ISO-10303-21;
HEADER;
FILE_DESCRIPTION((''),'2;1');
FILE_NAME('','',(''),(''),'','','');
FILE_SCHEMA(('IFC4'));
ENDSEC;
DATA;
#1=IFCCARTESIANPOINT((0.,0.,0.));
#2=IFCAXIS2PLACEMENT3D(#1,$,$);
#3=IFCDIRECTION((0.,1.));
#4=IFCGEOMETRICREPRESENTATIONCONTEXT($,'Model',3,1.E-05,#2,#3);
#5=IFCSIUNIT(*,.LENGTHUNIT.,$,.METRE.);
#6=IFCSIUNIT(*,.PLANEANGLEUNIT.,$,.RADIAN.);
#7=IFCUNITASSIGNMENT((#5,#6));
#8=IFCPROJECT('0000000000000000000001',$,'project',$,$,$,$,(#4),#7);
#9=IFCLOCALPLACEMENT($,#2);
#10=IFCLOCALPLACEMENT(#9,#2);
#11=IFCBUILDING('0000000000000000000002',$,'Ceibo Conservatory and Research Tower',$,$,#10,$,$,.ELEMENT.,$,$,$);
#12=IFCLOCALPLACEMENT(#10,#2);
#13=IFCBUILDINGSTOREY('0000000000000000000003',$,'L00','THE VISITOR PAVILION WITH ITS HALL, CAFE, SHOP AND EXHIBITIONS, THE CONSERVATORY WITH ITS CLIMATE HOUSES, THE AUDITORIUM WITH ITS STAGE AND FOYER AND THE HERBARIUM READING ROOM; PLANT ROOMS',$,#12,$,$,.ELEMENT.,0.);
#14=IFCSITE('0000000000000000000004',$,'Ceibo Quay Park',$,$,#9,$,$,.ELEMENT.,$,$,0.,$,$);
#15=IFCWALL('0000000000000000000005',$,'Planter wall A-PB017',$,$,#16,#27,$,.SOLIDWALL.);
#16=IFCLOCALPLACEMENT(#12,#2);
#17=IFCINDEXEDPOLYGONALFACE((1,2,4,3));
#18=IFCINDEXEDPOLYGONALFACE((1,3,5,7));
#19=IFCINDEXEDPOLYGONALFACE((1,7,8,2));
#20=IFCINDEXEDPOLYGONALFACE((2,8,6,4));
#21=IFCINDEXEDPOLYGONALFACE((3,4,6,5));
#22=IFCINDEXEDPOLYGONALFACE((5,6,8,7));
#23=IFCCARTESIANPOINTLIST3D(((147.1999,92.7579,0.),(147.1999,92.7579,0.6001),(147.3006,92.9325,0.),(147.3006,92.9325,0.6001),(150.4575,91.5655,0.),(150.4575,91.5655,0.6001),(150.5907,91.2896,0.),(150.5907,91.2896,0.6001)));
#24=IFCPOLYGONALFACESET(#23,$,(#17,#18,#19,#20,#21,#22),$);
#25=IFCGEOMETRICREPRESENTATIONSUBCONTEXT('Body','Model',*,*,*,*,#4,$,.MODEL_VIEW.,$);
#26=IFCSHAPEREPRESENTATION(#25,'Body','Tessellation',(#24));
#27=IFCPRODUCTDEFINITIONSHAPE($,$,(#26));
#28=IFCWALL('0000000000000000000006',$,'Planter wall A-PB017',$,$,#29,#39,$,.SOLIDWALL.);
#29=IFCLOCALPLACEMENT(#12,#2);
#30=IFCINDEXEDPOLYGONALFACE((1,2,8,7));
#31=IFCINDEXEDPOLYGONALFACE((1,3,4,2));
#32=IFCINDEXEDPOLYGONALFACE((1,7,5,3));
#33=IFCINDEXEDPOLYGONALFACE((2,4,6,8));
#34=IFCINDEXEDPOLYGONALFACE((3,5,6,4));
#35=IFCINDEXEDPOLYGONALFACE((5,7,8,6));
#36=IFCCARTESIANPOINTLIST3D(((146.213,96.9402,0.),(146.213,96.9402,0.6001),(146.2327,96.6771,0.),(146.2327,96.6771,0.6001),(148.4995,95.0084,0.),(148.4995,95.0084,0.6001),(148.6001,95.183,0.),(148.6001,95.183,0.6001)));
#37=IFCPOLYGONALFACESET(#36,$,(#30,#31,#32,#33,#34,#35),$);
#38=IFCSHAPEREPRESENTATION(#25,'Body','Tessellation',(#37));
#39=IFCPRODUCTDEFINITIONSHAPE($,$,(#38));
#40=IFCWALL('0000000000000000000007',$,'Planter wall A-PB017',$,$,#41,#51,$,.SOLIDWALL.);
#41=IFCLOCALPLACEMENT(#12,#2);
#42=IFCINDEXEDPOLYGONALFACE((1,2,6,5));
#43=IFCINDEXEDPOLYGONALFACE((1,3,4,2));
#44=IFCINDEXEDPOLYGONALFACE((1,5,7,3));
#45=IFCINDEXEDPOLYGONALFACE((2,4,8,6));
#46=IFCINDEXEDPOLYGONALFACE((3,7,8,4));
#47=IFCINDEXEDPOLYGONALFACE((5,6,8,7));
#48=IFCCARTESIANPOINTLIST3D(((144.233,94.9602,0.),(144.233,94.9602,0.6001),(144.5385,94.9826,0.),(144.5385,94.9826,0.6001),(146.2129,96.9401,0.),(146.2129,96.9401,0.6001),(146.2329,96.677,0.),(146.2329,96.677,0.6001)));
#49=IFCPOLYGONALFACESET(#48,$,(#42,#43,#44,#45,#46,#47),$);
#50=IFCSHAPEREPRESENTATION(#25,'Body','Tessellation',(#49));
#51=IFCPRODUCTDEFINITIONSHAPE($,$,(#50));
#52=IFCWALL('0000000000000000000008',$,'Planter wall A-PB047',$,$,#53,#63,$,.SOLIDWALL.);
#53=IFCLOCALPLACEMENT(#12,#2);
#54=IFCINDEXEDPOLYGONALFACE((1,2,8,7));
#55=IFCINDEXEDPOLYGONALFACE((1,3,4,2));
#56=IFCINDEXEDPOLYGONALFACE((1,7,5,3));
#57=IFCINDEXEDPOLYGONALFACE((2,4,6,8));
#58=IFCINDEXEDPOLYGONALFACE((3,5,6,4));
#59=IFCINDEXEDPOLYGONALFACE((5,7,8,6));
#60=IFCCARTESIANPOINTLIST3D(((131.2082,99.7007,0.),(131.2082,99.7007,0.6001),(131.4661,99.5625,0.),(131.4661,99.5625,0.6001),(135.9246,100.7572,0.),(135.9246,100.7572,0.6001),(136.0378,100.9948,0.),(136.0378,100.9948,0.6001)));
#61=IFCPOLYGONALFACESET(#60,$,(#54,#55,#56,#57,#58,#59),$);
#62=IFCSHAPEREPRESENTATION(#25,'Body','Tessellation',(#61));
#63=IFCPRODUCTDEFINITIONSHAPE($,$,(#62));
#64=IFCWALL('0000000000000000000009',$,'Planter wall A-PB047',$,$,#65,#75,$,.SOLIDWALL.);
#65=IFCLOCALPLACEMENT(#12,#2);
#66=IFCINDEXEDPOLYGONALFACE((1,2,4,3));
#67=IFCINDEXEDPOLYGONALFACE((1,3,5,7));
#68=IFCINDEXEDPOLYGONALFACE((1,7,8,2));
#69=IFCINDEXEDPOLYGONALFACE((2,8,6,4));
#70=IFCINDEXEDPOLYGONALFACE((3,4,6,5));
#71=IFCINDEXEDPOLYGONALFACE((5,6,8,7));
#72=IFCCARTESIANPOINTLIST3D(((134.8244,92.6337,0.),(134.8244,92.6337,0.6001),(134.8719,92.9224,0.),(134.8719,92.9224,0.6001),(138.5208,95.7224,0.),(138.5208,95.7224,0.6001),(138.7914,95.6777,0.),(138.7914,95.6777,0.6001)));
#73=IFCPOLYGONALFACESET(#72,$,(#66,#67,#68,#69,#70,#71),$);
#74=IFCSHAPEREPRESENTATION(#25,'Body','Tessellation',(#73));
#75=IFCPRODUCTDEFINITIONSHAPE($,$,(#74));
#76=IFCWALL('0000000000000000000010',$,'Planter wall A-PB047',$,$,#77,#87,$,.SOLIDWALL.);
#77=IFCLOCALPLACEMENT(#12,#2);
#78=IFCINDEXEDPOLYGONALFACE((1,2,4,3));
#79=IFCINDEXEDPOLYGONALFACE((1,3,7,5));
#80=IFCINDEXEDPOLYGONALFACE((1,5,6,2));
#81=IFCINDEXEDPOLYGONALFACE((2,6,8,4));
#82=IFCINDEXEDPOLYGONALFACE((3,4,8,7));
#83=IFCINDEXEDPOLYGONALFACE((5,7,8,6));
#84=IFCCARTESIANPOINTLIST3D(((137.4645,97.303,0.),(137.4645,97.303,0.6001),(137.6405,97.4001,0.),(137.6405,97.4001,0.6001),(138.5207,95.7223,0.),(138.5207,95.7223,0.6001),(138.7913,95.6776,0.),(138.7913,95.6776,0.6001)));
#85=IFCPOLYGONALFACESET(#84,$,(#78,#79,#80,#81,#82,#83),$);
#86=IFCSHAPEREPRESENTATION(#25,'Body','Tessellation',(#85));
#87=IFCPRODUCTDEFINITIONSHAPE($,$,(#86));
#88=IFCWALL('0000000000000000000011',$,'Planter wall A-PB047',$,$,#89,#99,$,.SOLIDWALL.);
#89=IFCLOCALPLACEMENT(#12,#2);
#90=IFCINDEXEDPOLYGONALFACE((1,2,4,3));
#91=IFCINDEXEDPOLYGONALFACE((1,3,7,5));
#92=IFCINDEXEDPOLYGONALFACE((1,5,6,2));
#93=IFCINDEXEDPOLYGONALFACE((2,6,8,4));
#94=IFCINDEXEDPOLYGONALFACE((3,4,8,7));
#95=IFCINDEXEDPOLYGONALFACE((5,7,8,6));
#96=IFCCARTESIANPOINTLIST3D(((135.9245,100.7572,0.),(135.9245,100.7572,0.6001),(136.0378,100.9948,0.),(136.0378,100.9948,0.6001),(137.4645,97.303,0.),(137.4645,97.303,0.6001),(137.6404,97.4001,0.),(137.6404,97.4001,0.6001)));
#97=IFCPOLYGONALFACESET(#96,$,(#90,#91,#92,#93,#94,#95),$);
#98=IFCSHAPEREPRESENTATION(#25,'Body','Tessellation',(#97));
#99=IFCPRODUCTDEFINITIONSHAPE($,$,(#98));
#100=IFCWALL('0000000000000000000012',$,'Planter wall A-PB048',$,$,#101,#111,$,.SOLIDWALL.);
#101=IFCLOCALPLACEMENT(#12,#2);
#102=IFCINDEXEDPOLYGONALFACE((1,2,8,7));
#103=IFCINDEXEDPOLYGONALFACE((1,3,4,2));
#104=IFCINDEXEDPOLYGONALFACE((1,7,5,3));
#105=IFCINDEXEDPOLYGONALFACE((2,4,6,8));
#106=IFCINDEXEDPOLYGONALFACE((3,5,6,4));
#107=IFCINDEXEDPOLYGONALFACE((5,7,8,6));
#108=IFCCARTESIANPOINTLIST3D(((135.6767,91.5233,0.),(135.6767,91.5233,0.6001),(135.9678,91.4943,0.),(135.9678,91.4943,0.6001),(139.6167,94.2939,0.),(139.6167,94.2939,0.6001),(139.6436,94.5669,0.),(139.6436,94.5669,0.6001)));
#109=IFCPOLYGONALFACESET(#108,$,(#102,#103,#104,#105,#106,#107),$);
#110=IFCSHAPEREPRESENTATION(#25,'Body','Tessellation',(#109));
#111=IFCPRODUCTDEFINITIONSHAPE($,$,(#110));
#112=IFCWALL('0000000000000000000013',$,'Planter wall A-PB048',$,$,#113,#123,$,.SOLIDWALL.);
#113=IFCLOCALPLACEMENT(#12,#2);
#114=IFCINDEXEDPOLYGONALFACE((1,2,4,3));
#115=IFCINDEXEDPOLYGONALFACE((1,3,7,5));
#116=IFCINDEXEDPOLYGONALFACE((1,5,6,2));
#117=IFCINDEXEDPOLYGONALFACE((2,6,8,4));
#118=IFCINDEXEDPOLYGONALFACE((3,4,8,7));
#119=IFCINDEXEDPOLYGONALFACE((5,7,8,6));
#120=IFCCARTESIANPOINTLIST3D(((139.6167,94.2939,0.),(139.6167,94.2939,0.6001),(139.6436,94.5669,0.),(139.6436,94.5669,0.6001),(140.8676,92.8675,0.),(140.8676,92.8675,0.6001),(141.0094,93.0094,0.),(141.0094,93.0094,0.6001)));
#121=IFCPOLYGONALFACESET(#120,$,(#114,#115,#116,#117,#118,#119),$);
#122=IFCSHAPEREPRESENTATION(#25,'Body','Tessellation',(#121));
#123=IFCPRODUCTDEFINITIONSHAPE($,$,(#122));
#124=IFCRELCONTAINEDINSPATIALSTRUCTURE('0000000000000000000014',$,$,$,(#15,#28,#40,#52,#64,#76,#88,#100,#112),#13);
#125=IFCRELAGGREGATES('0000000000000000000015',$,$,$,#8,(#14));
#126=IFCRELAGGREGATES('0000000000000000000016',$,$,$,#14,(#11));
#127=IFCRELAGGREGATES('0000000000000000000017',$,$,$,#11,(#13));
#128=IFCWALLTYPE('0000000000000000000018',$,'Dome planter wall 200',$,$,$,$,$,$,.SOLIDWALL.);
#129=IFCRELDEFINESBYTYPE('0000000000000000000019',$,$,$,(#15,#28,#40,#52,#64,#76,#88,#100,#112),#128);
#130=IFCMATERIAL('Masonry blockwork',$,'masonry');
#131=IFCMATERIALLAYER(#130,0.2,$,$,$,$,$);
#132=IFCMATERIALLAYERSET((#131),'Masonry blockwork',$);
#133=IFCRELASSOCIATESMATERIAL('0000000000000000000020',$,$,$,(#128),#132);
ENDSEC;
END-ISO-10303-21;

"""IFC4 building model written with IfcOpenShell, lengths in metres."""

from ifc_helpers import new_model, si_unit, direction, frame, origin, place, context, subcontext, project, spatial, polyline, outline, extrude, material, layer, layer_set, type_object, element, save


model = new_model("IFC4")

# Units and contexts
model_context = context("Model", 3, precision=1e-05, world=origin(), true_north=direction((0.0, 1.0)))
body_context = subcontext(model_context, "Body", "Model", "MODEL_VIEW")
ifc_project = project(units=[si_unit("LENGTHUNIT", "METRE"), si_unit("PLANEANGLEUNIT", "RADIAN")], contexts=[model_context])

# Site, building, storey
site_placement = place(None, origin())
site = spatial("IfcSite", under=ifc_project, at=site_placement, Name="Ceibo Quay Park", CompositionType="ELEMENT", RefElevation=0.0)
building_placement = place(site_placement, origin())
building = spatial("IfcBuilding", under=site, at=building_placement, Name="Ceibo Conservatory and Research Tower", CompositionType="ELEMENT")
storey_placement = place(building_placement, origin())
storey = spatial("IfcBuildingStorey", under=building, at=storey_placement, Name="L00", Description="THE VISITOR PAVILION WITH ITS HALL, CAFE, SHOP AND EXHIBITIONS, THE CONSERVATORY WITH ITS CLIMATE HOUSES, THE AUDITORIUM WITH ITS STAGE AND FOYER AND THE HERBARIUM READING ROOM; PLANT ROOMS", CompositionType="ELEMENT", Elevation=0.0)

# Walls
ifc_material_1 = material(Name="Masonry blockwork", Category="masonry")
ifc_layer_1 = layer(ifc_material_1, 0.2)
ifc_layer_set_1 = layer_set([ifc_layer_1], Name="Masonry blockwork")
wall_type_1 = type_object("IfcWallType", Name="Dome planter wall 200", PredefinedType="SOLIDWALL", material=ifc_layer_set_1)
wall_1_placement = place(storey_placement, frame((147.2502, 92.8452, 0.0), z_axis=(0.0, 0.0, 1.0), x_axis=(0.917655, -0.397377, 0.0)))
element("IfcWall", 1, at=wall_1_placement, inside=storey, type_object=wall_type_1, Name="Planter wall A-PB017", PredefinedType="SOLIDWALL", context=body_context, shape_type="SweptSolid", body=[
    extrude(outline(polyline([(-0.0115, -0.1001), (3.6836, -0.1001), (3.4517, 0.1001), (0.0115, 0.1001), (-0.0115, -0.1001)])), origin(), (0.0, 0.0, 1.0), 0.6001),
])
wall_2_placement = place(storey_placement, frame((148.5498, 95.0957, 0.0), z_axis=(0.0, 0.0, 1.0), x_axis=(-0.805332, 0.592824, 0.0)))
element("IfcWall", 2, at=wall_2_placement, inside=storey, type_object=wall_type_1, Name="Planter wall A-PB017", PredefinedType="SOLIDWALL", context=body_context, shape_type="SweptSolid", body=[
    extrude(outline(polyline([(0.0112, -0.1001), (2.9753, -0.1001), (2.8035, 0.1001), (-0.0112, 0.1001), (0.0112, -0.1001)])), origin(), (0.0, 0.0, 1.0), 0.6001),
])
wall_3_placement = place(storey_placement, frame((146.2229, 96.8086, 0.0), z_axis=(0.0, 0.0, 1.0), x_axis=(-0.707107, -0.707107, 0.0)))
element("IfcWall", 3, at=wall_3_placement, inside=storey, type_object=wall_type_1, Name="Planter wall A-PB017", PredefinedType="SOLIDWALL", context=body_context, shape_type="SweptSolid", body=[
    extrude(outline(polyline([(-0.0859, -0.1001), (2.7141, -0.1001), (2.4822, 0.1001), (0.0859, 0.1001), (-0.0859, -0.1001)])), origin(), (0.0, 0.0, 1.0), 0.6001),
])
wall_4_placement = place(storey_placement, frame((135.9812, 100.876, 0.0), z_axis=(0.0, 0.0, 1.0), x_axis=(-0.965925, -0.258822, 0.0)))
element("IfcWall", 4, at=wall_4_placement, inside=storey, type_object=wall_type_1, Name="Planter wall A-PB047", PredefinedType="SOLIDWALL", context=body_context, shape_type="SweptSolid", body=[
    extrude(outline(polyline([(-0.0854, -0.1001), (4.9146, -0.1001), (4.7012, 0.1001), (0.0854, 0.1001), (-0.0854, -0.1001)])), origin(), (0.0, 0.0, 1.0), 0.6001),
])
wall_5_placement = place(storey_placement, frame((134.8481, 92.7781, 0.0), z_axis=(0.0, 0.0, 1.0), x_axis=(0.793353, 0.608761, 0.0)))
element("IfcWall", 5, at=wall_5_placement, inside=storey, type_object=wall_type_1, Name="Planter wall A-PB047", PredefinedType="SOLIDWALL", context=body_context, shape_type="SweptSolid", body=[
    extrude(outline(polyline([(-0.1067, -0.1001), (4.8936, -0.1001), (4.7061, 0.1001), (0.1067, 0.1001), (-0.1067, -0.1001)])), origin(), (0.0, 0.0, 1.0), 0.6001),
])
wall_6_placement = place(storey_placement, frame((138.656, 95.7, 0.0), z_axis=(0.0, 0.0, 1.0), x_axis=(-0.555551, 0.831483, 0.0)))
element("IfcWall", 6, at=wall_6_placement, inside=storey, type_object=wall_type_1, Name="Planter wall A-PB047", PredefinedType="SOLIDWALL", context=body_context, shape_type="SweptSolid", body=[
    extrude(outline(polyline([(-0.0938, -0.1001), (1.9778, -0.1001), (1.9949, 0.1001), (0.0938, 0.1001), (-0.0938, -0.1001)])), origin(), (0.0, 0.0, 1.0), 0.6001),
])
wall_7_placement = place(storey_placement, frame((137.5525, 97.3516, 0.0), z_axis=(0.0, 0.0, 1.0), x_axis=(-0.407195, 0.913341, 0.0)))
element("IfcWall", 7, at=wall_7_placement, inside=storey, type_object=wall_type_1, Name="Planter wall A-PB047", PredefinedType="SOLIDWALL", context=body_context, shape_type="SweptSolid", body=[
    extrude(outline(polyline([(0.0085, -0.1001), (3.9443, -0.1001), (3.7734, 0.1001), (-0.0085, 0.1001), (0.0085, -0.1001)])), origin(), (0.0, 0.0, 1.0), 0.6001),
])
wall_8_placement = place(storey_placement, frame((139.6301, 94.4304, 0.0), z_axis=(0.0, 0.0, 1.0), x_axis=(-0.793378, -0.608729, 0.0)))
element("IfcWall", 8, at=wall_8_placement, inside=storey, type_object=wall_type_1, Name="Planter wall A-PB048", PredefinedType="SOLIDWALL", context=body_context, shape_type="SweptSolid", body=[
    extrude(outline(polyline([(-0.0938, -0.1001), (4.9062, -0.1001), (4.6929, 0.1001), (0.0938, 0.1001), (-0.0938, -0.1001)])), origin(), (0.0, 0.0, 1.0), 0.6001),
])
wall_9_placement = place(storey_placement, frame((140.9385, 92.9385, 0.0), z_axis=(0.0, 0.0, 1.0), x_axis=(-0.659332, 0.751852, 0.0)))
element("IfcWall", 9, at=wall_9_placement, inside=storey, type_object=wall_type_1, Name="Planter wall A-PB048", PredefinedType="SOLIDWALL", context=body_context, shape_type="SweptSolid", body=[
    extrude(outline(polyline([(0.0066, -0.1001), (2.0781, -0.1001), (1.8906, 0.1001), (-0.0066, 0.1001), (0.0066, -0.1001)])), origin(), (0.0, 0.0, 1.0), 0.6001),
])

save(model, "model.ifc")
